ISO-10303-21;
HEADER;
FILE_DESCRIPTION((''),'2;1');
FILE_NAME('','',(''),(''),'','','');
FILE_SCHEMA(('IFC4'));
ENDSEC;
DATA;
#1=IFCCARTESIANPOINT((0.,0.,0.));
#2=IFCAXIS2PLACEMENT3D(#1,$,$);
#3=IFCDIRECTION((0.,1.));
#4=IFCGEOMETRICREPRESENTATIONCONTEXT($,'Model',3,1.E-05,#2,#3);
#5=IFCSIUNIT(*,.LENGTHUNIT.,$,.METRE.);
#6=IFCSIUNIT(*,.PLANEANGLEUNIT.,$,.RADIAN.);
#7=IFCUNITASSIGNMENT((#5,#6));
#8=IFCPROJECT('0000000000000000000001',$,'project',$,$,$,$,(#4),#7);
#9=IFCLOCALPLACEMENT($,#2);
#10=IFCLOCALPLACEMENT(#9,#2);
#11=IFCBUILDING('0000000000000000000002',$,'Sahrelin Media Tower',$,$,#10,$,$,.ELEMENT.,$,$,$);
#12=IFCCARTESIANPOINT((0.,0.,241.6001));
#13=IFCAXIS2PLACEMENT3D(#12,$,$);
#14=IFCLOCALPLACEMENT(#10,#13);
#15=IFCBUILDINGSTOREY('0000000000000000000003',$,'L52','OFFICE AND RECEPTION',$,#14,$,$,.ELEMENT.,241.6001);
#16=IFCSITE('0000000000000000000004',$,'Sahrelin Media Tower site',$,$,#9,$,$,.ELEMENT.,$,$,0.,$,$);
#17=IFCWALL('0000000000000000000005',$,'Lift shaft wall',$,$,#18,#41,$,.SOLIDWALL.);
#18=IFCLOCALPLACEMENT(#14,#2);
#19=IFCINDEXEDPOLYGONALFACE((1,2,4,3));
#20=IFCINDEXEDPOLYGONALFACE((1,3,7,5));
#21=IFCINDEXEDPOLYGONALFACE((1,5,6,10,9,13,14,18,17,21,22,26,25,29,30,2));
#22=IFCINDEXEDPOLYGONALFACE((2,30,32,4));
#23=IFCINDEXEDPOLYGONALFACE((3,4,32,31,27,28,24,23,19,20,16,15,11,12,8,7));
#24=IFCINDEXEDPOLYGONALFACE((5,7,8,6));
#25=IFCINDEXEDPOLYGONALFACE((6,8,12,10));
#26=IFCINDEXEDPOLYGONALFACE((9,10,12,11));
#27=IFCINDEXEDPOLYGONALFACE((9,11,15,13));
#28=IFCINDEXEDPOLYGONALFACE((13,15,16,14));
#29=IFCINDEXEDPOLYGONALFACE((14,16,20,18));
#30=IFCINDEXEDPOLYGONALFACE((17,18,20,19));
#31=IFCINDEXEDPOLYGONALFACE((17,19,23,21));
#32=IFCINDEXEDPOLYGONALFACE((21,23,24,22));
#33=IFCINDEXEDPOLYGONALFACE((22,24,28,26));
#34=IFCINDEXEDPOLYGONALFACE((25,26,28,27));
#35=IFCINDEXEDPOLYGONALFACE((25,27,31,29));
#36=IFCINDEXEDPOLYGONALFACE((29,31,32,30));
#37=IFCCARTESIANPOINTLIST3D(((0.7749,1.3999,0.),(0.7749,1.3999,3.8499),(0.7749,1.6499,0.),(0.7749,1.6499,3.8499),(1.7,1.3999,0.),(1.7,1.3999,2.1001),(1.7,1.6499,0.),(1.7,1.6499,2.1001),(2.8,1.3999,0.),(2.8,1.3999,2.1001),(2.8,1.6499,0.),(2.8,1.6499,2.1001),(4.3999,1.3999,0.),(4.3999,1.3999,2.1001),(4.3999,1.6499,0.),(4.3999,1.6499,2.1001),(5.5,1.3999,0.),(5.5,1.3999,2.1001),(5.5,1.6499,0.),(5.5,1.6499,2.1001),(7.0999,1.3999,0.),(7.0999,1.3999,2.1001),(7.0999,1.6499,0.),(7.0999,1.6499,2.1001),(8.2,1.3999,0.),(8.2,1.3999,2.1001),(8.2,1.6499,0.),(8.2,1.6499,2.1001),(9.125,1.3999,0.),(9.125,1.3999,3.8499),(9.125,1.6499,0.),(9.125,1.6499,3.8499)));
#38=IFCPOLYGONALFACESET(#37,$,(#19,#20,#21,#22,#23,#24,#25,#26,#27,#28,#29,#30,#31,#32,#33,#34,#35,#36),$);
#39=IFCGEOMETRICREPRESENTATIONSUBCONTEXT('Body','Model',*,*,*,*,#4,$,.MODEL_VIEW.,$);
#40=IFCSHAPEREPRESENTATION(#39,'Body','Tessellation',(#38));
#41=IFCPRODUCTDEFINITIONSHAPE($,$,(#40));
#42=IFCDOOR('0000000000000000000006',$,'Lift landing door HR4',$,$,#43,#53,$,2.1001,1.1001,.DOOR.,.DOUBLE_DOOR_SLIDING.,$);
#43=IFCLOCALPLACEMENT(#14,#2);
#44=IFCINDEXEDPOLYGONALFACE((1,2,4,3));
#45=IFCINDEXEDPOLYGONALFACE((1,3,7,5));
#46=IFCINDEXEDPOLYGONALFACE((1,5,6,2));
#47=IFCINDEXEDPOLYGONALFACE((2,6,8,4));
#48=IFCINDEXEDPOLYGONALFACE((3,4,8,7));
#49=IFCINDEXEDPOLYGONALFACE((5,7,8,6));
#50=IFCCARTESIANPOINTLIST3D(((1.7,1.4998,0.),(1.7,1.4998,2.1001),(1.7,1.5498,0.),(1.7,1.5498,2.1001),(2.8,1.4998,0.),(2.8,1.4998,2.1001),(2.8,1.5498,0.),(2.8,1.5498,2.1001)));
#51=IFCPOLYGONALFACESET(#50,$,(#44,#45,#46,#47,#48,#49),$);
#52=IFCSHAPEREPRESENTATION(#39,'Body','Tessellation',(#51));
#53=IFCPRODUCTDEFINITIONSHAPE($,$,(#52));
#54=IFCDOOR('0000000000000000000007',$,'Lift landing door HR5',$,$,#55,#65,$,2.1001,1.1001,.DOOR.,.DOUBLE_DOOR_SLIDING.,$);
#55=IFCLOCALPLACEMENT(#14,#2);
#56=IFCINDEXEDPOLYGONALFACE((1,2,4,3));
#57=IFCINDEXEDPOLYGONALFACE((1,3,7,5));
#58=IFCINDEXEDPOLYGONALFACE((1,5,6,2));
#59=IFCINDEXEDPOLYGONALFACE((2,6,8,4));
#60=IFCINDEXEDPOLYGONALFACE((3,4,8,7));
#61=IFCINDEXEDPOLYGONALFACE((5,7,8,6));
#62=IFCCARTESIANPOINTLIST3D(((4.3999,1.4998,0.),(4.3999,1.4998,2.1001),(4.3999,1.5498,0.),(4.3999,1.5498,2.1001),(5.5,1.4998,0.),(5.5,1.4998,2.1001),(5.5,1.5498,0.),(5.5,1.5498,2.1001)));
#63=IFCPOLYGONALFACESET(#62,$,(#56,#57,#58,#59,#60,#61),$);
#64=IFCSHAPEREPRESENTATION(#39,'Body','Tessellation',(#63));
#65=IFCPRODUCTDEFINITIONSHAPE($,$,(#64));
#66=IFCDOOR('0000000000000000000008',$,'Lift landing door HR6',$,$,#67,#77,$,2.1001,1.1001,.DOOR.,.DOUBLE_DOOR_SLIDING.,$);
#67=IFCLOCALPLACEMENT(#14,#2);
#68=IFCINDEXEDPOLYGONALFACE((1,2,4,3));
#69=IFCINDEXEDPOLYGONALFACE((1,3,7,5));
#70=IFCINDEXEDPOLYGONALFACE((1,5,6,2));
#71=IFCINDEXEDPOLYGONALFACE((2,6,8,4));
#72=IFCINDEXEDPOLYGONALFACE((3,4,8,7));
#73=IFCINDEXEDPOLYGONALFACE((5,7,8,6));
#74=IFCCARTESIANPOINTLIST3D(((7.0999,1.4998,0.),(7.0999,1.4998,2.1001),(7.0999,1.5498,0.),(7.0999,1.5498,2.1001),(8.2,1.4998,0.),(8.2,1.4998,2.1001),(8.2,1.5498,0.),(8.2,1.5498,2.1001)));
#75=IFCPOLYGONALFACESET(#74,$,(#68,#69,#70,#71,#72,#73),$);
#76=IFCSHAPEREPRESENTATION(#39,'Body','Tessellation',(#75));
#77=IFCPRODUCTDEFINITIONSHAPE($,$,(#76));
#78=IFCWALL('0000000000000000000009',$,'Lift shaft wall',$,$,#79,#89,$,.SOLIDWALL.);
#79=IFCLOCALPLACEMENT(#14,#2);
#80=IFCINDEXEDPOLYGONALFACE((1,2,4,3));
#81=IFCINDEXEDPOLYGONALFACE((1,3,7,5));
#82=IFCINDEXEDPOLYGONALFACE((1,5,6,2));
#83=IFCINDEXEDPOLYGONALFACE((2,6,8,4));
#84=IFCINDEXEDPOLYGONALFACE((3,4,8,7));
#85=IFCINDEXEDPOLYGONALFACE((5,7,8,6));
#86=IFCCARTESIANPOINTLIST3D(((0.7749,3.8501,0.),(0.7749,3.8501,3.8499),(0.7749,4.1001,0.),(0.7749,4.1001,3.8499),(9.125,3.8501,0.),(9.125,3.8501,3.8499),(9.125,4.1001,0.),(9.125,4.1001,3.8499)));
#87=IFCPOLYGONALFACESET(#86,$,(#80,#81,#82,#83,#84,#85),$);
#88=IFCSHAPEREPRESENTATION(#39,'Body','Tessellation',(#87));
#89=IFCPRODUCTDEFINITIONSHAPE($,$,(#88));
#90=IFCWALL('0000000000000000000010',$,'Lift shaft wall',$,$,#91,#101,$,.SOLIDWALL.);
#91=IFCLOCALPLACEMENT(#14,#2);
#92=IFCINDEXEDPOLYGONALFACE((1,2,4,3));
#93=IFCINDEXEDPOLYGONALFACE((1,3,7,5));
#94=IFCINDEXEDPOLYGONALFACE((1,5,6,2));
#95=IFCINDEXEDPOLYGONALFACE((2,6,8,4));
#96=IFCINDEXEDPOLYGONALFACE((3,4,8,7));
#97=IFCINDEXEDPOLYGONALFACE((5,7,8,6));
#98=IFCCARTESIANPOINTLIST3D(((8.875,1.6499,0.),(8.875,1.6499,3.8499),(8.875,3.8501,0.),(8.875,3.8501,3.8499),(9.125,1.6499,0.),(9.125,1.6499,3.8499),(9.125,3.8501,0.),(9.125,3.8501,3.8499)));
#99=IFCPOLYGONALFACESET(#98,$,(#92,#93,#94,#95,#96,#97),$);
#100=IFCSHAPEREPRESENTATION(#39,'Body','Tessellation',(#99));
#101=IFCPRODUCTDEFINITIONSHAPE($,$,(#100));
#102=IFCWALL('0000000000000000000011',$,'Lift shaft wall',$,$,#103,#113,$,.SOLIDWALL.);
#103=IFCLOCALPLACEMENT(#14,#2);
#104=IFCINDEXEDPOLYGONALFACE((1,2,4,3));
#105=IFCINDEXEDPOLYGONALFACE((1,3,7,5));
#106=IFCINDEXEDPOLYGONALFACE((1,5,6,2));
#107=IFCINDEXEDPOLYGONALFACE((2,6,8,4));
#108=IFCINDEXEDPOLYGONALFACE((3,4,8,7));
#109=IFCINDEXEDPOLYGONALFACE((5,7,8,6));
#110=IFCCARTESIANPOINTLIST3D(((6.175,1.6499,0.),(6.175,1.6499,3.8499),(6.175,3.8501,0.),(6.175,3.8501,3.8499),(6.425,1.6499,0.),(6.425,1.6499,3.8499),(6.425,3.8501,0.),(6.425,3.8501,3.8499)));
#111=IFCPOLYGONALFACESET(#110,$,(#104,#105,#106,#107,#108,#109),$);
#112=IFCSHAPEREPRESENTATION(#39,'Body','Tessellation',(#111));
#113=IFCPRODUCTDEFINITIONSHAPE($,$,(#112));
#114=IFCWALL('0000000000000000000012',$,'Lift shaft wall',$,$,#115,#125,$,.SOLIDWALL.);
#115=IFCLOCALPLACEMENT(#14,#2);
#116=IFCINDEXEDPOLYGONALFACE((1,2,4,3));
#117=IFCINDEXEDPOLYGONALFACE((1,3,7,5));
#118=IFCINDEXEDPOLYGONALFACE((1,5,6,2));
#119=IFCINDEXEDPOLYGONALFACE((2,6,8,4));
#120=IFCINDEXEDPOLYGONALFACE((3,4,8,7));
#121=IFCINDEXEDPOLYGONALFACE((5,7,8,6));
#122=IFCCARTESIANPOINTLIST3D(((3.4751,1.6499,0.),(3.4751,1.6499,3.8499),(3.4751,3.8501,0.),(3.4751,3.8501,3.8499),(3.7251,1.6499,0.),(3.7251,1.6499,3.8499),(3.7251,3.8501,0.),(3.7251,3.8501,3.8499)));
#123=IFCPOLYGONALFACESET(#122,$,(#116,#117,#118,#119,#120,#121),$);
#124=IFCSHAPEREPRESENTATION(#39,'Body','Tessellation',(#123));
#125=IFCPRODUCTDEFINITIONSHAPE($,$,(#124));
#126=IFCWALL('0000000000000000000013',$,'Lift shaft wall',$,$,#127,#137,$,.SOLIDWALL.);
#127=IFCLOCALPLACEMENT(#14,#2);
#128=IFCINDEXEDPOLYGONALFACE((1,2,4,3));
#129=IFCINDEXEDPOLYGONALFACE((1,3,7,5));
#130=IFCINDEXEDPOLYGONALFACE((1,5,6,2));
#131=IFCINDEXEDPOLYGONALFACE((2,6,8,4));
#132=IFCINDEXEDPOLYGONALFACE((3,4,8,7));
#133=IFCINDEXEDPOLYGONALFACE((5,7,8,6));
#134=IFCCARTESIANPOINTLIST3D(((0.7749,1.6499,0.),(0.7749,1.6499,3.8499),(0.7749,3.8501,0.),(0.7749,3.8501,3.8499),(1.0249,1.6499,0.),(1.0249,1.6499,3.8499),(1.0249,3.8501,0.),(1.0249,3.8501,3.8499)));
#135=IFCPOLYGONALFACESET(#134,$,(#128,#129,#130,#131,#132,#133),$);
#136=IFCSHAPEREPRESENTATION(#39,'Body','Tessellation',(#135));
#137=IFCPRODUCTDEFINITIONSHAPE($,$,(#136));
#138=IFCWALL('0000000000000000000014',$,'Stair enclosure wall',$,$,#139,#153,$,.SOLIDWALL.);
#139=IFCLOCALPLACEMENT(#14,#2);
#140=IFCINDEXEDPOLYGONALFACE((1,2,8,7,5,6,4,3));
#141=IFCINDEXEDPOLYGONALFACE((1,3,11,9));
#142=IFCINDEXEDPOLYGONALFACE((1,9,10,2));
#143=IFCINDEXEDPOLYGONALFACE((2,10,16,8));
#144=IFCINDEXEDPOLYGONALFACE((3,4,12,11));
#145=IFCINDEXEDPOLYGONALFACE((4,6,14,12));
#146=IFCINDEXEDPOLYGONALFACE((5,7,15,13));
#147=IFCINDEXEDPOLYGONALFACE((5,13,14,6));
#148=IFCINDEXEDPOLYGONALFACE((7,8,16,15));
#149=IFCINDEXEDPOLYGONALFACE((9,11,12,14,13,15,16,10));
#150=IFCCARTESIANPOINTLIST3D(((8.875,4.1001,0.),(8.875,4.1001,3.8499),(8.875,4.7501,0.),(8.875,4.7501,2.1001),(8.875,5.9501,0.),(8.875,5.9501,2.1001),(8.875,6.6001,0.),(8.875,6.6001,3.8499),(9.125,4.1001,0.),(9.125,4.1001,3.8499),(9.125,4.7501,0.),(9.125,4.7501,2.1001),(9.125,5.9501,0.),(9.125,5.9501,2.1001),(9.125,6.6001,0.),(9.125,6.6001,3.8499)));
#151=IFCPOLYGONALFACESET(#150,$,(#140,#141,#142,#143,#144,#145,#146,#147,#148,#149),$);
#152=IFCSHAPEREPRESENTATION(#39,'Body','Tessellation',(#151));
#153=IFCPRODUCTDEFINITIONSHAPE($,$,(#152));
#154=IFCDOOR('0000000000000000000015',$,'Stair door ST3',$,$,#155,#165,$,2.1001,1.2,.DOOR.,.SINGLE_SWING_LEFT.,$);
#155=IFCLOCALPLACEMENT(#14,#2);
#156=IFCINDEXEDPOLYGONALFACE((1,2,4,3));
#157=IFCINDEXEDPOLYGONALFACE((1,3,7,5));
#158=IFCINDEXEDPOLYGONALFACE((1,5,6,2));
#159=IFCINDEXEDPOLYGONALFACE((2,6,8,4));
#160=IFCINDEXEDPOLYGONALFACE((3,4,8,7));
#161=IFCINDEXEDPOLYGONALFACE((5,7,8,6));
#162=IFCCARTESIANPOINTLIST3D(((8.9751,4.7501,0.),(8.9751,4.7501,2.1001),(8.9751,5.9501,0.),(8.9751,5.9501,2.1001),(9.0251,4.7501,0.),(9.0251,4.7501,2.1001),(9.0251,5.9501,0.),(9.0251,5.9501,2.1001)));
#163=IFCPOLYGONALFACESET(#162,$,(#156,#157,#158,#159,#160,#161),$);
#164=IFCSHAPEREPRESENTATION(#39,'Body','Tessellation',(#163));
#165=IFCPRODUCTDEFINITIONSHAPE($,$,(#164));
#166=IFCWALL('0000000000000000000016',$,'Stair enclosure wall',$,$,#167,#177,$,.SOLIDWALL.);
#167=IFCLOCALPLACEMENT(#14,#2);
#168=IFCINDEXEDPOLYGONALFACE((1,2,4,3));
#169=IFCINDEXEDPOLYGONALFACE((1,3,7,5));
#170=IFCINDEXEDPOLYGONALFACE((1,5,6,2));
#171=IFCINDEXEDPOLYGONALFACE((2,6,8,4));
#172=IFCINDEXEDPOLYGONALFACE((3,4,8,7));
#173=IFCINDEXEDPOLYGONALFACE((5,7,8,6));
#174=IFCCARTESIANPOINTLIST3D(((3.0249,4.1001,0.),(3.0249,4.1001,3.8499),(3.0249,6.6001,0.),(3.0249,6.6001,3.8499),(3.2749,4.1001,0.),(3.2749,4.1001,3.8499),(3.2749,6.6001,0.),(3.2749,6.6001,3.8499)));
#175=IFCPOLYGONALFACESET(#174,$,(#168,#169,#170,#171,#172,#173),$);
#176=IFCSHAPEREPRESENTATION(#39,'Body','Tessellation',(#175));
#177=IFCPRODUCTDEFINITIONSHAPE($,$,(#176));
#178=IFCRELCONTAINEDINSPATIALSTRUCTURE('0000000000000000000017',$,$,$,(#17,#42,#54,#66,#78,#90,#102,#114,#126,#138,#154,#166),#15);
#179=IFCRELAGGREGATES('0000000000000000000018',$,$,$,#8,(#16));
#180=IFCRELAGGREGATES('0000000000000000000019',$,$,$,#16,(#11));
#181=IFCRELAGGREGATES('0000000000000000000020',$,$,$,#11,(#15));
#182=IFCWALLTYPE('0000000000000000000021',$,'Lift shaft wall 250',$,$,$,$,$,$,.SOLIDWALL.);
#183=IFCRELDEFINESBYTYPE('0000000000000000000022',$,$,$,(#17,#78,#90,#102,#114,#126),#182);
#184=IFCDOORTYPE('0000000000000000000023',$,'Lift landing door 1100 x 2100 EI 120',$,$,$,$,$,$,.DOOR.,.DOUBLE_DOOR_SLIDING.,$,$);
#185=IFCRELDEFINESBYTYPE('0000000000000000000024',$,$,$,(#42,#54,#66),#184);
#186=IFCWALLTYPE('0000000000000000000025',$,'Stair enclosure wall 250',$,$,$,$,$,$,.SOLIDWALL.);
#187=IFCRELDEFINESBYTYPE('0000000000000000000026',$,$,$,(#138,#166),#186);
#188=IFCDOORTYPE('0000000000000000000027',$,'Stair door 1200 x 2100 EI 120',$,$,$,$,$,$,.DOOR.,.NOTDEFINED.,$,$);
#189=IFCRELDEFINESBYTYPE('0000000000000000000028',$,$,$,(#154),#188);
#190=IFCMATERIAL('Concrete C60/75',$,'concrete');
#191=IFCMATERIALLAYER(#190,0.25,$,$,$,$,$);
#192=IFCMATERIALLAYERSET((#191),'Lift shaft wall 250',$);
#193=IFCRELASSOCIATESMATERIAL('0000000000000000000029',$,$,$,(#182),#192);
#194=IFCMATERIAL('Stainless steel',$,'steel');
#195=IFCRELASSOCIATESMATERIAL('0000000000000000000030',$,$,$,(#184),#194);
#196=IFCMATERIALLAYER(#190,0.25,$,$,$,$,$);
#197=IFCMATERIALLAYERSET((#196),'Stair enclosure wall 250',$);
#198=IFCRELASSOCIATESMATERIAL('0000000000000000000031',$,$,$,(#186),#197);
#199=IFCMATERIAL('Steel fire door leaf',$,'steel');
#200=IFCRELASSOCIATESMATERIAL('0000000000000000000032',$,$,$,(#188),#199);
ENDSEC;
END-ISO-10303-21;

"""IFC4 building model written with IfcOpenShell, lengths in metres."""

from ifc_helpers import new_model, si_unit, direction, frame, frame_2d, origin, place, context, subcontext, project, spatial, rectangle, extrude, material, layer, layer_set, type_object, element, fill, save


model = new_model("IFC4")

# Units and contexts
model_context = context("Model", 3, precision=1e-05, world=origin(), true_north=direction((0.0, 1.0)))
body_context = subcontext(model_context, "Body", "Model", "MODEL_VIEW")
ifc_project = project(units=[si_unit("LENGTHUNIT", "METRE"), si_unit("PLANEANGLEUNIT", "RADIAN")], contexts=[model_context])

# Site, building, storey
site_placement = place(None, origin())
site = spatial("IfcSite", under=ifc_project, at=site_placement, Name="Sahrelin Media Tower site", CompositionType="ELEMENT", RefElevation=0.0)
building_placement = place(site_placement, origin())
building = spatial("IfcBuilding", under=site, at=building_placement, Name="Sahrelin Media Tower", CompositionType="ELEMENT")
storey_placement = place(building_placement, frame((0.0, 0.0, 241.6001)))
storey = spatial("IfcBuildingStorey", under=building, at=storey_placement, Name="L52", Description="OFFICE AND RECEPTION", CompositionType="ELEMENT", Elevation=241.6001)

# Wall, openings, doors
ifc_material_1 = material(Name="Concrete C60/75", Category="concrete")
ifc_layer_1 = layer(ifc_material_1, 0.25)
ifc_layer_set_1 = layer_set([ifc_layer_1], Name="Lift shaft wall 250")
wall_type_1 = type_object("IfcWallType", Name="Lift shaft wall 250", PredefinedType="SOLIDWALL", material=ifc_layer_set_1)
wall_1_placement = place(storey_placement, frame((0.7749, 1.5249, 0.0), z_axis=(0.0, 0.0, 1.0), x_axis=(1.0, 0.0, 0.0)))
wall_1 = element("IfcWall", 1, at=wall_1_placement, inside=storey, type_object=wall_type_1, Name="Lift shaft wall", PredefinedType="SOLIDWALL", context=body_context, shape_type="SweptSolid", body=[
    extrude(rectangle(XDim=8.3501, YDim=0.25, at=frame_2d((4.175, 0.0))), origin(), (0.0, 0.0, 1.0), 3.8499),
])
opening_1_placement = place(wall_1_placement, frame((0.925, 0.0, 0.0)))
opening_1 = element("IfcOpeningElement", 2, at=opening_1_placement, cuts=wall_1, PredefinedType="OPENING", context=body_context, shape_type="SweptSolid", body=[
    extrude(rectangle(XDim=1.1001, YDim=2.1001, at=frame_2d((0.55, 1.05))), frame((0.0, 0.125, 0.0), z_axis=(0.0, -1.0, 0.0), x_axis=(1.0, 0.0, 0.0)), (0.0, 0.0, 1.0), 0.25),
])
opening_2_placement = place(wall_1_placement, frame((3.625, 0.0, 0.0)))
opening_2 = element("IfcOpeningElement", 3, at=opening_2_placement, cuts=wall_1, PredefinedType="OPENING", context=body_context, shape_type="SweptSolid", body=[
    extrude(rectangle(XDim=1.1001, YDim=2.1001, at=frame_2d((0.55, 1.05))), frame((0.0, 0.125, 0.0), z_axis=(0.0, -1.0, 0.0), x_axis=(1.0, 0.0, 0.0)), (0.0, 0.0, 1.0), 0.25),
])
opening_3_placement = place(wall_1_placement, frame((6.325, 0.0, 0.0)))
opening_3 = element("IfcOpeningElement", 4, at=opening_3_placement, cuts=wall_1, PredefinedType="OPENING", context=body_context, shape_type="SweptSolid", body=[
    extrude(rectangle(XDim=1.1001, YDim=2.1001, at=frame_2d((0.55, 1.05))), frame((0.0, 0.125, 0.0), z_axis=(0.0, -1.0, 0.0), x_axis=(1.0, 0.0, 0.0)), (0.0, 0.0, 1.0), 0.25),
])
ifc_material_2 = material(Name="Stainless steel", Category="steel")
door_type_1 = type_object("IfcDoorType", Name="Lift landing door 1100 x 2100 EI 120", OperationType="DOUBLE_DOOR_SLIDING", PredefinedType="DOOR", material=ifc_material_2)
door_1_placement = place(opening_1_placement, origin())
door_1 = element("IfcDoor", 5, at=door_1_placement, inside=storey, type_object=door_type_1, Name="Lift landing door HR4", OperationType="DOUBLE_DOOR_SLIDING", OverallHeight=2.1001, OverallWidth=1.1001, PredefinedType="DOOR", context=body_context, shape_type="SweptSolid", body=[
    extrude(rectangle(XDim=1.1001, YDim=2.1001, at=frame_2d((0.55, 1.05))), frame((0.0, 0.0249, 0.0), z_axis=(0.0, -1.0, 0.0), x_axis=(1.0, 0.0, 0.0)), (0.0, 0.0, 1.0), 0.05),
])
fill(opening_1, door_1)
door_2_placement = place(opening_2_placement, origin())
door_2 = element("IfcDoor", 6, at=door_2_placement, inside=storey, type_object=door_type_1, Name="Lift landing door HR5", OperationType="DOUBLE_DOOR_SLIDING", OverallHeight=2.1001, OverallWidth=1.1001, PredefinedType="DOOR", context=body_context, shape_type="SweptSolid", body=[
    extrude(rectangle(XDim=1.1001, YDim=2.1001, at=frame_2d((0.55, 1.05))), frame((0.0, 0.0249, 0.0), z_axis=(0.0, -1.0, 0.0), x_axis=(1.0, 0.0, 0.0)), (0.0, 0.0, 1.0), 0.05),
])
fill(opening_2, door_2)
door_3_placement = place(opening_3_placement, origin())
door_3 = element("IfcDoor", 7, at=door_3_placement, inside=storey, type_object=door_type_1, Name="Lift landing door HR6", OperationType="DOUBLE_DOOR_SLIDING", OverallHeight=2.1001, OverallWidth=1.1001, PredefinedType="DOOR", context=body_context, shape_type="SweptSolid", body=[
    extrude(rectangle(XDim=1.1001, YDim=2.1001, at=frame_2d((0.55, 1.05))), frame((0.0, 0.0249, 0.0), z_axis=(0.0, -1.0, 0.0), x_axis=(1.0, 0.0, 0.0)), (0.0, 0.0, 1.0), 0.05),
])
fill(opening_3, door_3)

# Walls
wall_2_placement = place(storey_placement, frame((0.7749, 3.9751, 0.0), z_axis=(0.0, 0.0, 1.0), x_axis=(1.0, 0.0, 0.0)))
element("IfcWall", 8, at=wall_2_placement, inside=storey, type_object=wall_type_1, Name="Lift shaft wall", PredefinedType="SOLIDWALL", context=body_context, shape_type="SweptSolid", body=[
    extrude(rectangle(XDim=8.3501, YDim=0.25, at=frame_2d((4.175, 0.0))), origin(), (0.0, 0.0, 1.0), 3.8499),
])
for number, where, z_axis, x_axis, name in (
    (9, (9.0, 1.6499, 0.0), (0.0, 0.0, 1.0), (0.0, 1.0, 0.0), "Lift shaft wall"),
    (10, (6.3, 1.6499, 0.0), (0.0, 0.0, 1.0), (0.0, 1.0, 0.0), "Lift shaft wall"),
    (11, (3.6001, 1.6499, 0.0), (0.0, 0.0, 1.0), (0.0, 1.0, 0.0), "Lift shaft wall"),
    (12, (0.8999, 1.6499, 0.0), (0.0, 0.0, 1.0), (0.0, 1.0, 0.0), "Lift shaft wall"),
):
    element("IfcWall", number, at=place(storey_placement, frame(where, z_axis=z_axis, x_axis=x_axis)), inside=storey, type_object=wall_type_1, Name=name, PredefinedType="SOLIDWALL", context=body_context, shape_type="SweptSolid", body=[
        extrude(rectangle(XDim=2.2002, YDim=0.25, at=frame_2d((1.1001, 0.0))), origin(), (0.0, 0.0, 1.0), 3.8499),
    ])

# Wall, opening, door
ifc_layer_2 = layer(ifc_material_1, 0.25)
ifc_layer_set_2 = layer_set([ifc_layer_2], Name="Stair enclosure wall 250")
wall_type_2 = type_object("IfcWallType", Name="Stair enclosure wall 250", PredefinedType="SOLIDWALL", material=ifc_layer_set_2)
wall_3_placement = place(storey_placement, frame((9.0, 4.1001, 0.0), z_axis=(0.0, 0.0, 1.0), x_axis=(0.0, 1.0, 0.0)))
wall_3 = element("IfcWall", 13, at=wall_3_placement, inside=storey, type_object=wall_type_2, Name="Stair enclosure wall", PredefinedType="SOLIDWALL", context=body_context, shape_type="SweptSolid", body=[
    extrude(rectangle(XDim=2.5, YDim=0.25, at=frame_2d((1.25, 0.0))), origin(), (0.0, 0.0, 1.0), 3.8499),
])
opening_4_placement = place(wall_3_placement, frame((0.6499, 0.0, 0.0)))
opening_4 = element("IfcOpeningElement", 14, at=opening_4_placement, cuts=wall_3, PredefinedType="OPENING", context=body_context, shape_type="SweptSolid", body=[
    extrude(rectangle(XDim=1.2, YDim=2.1001, at=frame_2d((0.6001, 1.05))), frame((0.0, 0.125, 0.0), z_axis=(0.0, -1.0, 0.0), x_axis=(1.0, 0.0, 0.0)), (0.0, 0.0, 1.0), 0.25),
])
ifc_material_3 = material(Name="Steel fire door leaf", Category="steel")
door_type_2 = type_object("IfcDoorType", Name="Stair door 1200 x 2100 EI 120", OperationType="NOTDEFINED", PredefinedType="DOOR", material=ifc_material_3)
door_4_placement = place(opening_4_placement, origin())
door_4 = element("IfcDoor", 15, at=door_4_placement, inside=storey, type_object=door_type_2, Name="Stair door ST3", OperationType="SINGLE_SWING_LEFT", OverallHeight=2.1001, OverallWidth=1.2, PredefinedType="DOOR", context=body_context, shape_type="SweptSolid", body=[
    extrude(rectangle(XDim=1.2, YDim=2.1001, at=frame_2d((0.6001, 1.05))), frame((0.0, 0.0249, 0.0), z_axis=(0.0, -1.0, 0.0), x_axis=(1.0, 0.0, 0.0)), (0.0, 0.0, 1.0), 0.05),
])
fill(opening_4, door_4)

# Wall
wall_4_placement = place(storey_placement, frame((3.1499, 4.1001, 0.0), z_axis=(0.0, 0.0, 1.0), x_axis=(0.0, 1.0, 0.0)))
element("IfcWall", 16, at=wall_4_placement, inside=storey, type_object=wall_type_2, Name="Stair enclosure wall", PredefinedType="SOLIDWALL", context=body_context, shape_type="SweptSolid", body=[
    extrude(rectangle(XDim=2.5, YDim=0.25, at=frame_2d((1.25, 0.0))), origin(), (0.0, 0.0, 1.0), 3.8499),
])

save(model, "model.ifc")
